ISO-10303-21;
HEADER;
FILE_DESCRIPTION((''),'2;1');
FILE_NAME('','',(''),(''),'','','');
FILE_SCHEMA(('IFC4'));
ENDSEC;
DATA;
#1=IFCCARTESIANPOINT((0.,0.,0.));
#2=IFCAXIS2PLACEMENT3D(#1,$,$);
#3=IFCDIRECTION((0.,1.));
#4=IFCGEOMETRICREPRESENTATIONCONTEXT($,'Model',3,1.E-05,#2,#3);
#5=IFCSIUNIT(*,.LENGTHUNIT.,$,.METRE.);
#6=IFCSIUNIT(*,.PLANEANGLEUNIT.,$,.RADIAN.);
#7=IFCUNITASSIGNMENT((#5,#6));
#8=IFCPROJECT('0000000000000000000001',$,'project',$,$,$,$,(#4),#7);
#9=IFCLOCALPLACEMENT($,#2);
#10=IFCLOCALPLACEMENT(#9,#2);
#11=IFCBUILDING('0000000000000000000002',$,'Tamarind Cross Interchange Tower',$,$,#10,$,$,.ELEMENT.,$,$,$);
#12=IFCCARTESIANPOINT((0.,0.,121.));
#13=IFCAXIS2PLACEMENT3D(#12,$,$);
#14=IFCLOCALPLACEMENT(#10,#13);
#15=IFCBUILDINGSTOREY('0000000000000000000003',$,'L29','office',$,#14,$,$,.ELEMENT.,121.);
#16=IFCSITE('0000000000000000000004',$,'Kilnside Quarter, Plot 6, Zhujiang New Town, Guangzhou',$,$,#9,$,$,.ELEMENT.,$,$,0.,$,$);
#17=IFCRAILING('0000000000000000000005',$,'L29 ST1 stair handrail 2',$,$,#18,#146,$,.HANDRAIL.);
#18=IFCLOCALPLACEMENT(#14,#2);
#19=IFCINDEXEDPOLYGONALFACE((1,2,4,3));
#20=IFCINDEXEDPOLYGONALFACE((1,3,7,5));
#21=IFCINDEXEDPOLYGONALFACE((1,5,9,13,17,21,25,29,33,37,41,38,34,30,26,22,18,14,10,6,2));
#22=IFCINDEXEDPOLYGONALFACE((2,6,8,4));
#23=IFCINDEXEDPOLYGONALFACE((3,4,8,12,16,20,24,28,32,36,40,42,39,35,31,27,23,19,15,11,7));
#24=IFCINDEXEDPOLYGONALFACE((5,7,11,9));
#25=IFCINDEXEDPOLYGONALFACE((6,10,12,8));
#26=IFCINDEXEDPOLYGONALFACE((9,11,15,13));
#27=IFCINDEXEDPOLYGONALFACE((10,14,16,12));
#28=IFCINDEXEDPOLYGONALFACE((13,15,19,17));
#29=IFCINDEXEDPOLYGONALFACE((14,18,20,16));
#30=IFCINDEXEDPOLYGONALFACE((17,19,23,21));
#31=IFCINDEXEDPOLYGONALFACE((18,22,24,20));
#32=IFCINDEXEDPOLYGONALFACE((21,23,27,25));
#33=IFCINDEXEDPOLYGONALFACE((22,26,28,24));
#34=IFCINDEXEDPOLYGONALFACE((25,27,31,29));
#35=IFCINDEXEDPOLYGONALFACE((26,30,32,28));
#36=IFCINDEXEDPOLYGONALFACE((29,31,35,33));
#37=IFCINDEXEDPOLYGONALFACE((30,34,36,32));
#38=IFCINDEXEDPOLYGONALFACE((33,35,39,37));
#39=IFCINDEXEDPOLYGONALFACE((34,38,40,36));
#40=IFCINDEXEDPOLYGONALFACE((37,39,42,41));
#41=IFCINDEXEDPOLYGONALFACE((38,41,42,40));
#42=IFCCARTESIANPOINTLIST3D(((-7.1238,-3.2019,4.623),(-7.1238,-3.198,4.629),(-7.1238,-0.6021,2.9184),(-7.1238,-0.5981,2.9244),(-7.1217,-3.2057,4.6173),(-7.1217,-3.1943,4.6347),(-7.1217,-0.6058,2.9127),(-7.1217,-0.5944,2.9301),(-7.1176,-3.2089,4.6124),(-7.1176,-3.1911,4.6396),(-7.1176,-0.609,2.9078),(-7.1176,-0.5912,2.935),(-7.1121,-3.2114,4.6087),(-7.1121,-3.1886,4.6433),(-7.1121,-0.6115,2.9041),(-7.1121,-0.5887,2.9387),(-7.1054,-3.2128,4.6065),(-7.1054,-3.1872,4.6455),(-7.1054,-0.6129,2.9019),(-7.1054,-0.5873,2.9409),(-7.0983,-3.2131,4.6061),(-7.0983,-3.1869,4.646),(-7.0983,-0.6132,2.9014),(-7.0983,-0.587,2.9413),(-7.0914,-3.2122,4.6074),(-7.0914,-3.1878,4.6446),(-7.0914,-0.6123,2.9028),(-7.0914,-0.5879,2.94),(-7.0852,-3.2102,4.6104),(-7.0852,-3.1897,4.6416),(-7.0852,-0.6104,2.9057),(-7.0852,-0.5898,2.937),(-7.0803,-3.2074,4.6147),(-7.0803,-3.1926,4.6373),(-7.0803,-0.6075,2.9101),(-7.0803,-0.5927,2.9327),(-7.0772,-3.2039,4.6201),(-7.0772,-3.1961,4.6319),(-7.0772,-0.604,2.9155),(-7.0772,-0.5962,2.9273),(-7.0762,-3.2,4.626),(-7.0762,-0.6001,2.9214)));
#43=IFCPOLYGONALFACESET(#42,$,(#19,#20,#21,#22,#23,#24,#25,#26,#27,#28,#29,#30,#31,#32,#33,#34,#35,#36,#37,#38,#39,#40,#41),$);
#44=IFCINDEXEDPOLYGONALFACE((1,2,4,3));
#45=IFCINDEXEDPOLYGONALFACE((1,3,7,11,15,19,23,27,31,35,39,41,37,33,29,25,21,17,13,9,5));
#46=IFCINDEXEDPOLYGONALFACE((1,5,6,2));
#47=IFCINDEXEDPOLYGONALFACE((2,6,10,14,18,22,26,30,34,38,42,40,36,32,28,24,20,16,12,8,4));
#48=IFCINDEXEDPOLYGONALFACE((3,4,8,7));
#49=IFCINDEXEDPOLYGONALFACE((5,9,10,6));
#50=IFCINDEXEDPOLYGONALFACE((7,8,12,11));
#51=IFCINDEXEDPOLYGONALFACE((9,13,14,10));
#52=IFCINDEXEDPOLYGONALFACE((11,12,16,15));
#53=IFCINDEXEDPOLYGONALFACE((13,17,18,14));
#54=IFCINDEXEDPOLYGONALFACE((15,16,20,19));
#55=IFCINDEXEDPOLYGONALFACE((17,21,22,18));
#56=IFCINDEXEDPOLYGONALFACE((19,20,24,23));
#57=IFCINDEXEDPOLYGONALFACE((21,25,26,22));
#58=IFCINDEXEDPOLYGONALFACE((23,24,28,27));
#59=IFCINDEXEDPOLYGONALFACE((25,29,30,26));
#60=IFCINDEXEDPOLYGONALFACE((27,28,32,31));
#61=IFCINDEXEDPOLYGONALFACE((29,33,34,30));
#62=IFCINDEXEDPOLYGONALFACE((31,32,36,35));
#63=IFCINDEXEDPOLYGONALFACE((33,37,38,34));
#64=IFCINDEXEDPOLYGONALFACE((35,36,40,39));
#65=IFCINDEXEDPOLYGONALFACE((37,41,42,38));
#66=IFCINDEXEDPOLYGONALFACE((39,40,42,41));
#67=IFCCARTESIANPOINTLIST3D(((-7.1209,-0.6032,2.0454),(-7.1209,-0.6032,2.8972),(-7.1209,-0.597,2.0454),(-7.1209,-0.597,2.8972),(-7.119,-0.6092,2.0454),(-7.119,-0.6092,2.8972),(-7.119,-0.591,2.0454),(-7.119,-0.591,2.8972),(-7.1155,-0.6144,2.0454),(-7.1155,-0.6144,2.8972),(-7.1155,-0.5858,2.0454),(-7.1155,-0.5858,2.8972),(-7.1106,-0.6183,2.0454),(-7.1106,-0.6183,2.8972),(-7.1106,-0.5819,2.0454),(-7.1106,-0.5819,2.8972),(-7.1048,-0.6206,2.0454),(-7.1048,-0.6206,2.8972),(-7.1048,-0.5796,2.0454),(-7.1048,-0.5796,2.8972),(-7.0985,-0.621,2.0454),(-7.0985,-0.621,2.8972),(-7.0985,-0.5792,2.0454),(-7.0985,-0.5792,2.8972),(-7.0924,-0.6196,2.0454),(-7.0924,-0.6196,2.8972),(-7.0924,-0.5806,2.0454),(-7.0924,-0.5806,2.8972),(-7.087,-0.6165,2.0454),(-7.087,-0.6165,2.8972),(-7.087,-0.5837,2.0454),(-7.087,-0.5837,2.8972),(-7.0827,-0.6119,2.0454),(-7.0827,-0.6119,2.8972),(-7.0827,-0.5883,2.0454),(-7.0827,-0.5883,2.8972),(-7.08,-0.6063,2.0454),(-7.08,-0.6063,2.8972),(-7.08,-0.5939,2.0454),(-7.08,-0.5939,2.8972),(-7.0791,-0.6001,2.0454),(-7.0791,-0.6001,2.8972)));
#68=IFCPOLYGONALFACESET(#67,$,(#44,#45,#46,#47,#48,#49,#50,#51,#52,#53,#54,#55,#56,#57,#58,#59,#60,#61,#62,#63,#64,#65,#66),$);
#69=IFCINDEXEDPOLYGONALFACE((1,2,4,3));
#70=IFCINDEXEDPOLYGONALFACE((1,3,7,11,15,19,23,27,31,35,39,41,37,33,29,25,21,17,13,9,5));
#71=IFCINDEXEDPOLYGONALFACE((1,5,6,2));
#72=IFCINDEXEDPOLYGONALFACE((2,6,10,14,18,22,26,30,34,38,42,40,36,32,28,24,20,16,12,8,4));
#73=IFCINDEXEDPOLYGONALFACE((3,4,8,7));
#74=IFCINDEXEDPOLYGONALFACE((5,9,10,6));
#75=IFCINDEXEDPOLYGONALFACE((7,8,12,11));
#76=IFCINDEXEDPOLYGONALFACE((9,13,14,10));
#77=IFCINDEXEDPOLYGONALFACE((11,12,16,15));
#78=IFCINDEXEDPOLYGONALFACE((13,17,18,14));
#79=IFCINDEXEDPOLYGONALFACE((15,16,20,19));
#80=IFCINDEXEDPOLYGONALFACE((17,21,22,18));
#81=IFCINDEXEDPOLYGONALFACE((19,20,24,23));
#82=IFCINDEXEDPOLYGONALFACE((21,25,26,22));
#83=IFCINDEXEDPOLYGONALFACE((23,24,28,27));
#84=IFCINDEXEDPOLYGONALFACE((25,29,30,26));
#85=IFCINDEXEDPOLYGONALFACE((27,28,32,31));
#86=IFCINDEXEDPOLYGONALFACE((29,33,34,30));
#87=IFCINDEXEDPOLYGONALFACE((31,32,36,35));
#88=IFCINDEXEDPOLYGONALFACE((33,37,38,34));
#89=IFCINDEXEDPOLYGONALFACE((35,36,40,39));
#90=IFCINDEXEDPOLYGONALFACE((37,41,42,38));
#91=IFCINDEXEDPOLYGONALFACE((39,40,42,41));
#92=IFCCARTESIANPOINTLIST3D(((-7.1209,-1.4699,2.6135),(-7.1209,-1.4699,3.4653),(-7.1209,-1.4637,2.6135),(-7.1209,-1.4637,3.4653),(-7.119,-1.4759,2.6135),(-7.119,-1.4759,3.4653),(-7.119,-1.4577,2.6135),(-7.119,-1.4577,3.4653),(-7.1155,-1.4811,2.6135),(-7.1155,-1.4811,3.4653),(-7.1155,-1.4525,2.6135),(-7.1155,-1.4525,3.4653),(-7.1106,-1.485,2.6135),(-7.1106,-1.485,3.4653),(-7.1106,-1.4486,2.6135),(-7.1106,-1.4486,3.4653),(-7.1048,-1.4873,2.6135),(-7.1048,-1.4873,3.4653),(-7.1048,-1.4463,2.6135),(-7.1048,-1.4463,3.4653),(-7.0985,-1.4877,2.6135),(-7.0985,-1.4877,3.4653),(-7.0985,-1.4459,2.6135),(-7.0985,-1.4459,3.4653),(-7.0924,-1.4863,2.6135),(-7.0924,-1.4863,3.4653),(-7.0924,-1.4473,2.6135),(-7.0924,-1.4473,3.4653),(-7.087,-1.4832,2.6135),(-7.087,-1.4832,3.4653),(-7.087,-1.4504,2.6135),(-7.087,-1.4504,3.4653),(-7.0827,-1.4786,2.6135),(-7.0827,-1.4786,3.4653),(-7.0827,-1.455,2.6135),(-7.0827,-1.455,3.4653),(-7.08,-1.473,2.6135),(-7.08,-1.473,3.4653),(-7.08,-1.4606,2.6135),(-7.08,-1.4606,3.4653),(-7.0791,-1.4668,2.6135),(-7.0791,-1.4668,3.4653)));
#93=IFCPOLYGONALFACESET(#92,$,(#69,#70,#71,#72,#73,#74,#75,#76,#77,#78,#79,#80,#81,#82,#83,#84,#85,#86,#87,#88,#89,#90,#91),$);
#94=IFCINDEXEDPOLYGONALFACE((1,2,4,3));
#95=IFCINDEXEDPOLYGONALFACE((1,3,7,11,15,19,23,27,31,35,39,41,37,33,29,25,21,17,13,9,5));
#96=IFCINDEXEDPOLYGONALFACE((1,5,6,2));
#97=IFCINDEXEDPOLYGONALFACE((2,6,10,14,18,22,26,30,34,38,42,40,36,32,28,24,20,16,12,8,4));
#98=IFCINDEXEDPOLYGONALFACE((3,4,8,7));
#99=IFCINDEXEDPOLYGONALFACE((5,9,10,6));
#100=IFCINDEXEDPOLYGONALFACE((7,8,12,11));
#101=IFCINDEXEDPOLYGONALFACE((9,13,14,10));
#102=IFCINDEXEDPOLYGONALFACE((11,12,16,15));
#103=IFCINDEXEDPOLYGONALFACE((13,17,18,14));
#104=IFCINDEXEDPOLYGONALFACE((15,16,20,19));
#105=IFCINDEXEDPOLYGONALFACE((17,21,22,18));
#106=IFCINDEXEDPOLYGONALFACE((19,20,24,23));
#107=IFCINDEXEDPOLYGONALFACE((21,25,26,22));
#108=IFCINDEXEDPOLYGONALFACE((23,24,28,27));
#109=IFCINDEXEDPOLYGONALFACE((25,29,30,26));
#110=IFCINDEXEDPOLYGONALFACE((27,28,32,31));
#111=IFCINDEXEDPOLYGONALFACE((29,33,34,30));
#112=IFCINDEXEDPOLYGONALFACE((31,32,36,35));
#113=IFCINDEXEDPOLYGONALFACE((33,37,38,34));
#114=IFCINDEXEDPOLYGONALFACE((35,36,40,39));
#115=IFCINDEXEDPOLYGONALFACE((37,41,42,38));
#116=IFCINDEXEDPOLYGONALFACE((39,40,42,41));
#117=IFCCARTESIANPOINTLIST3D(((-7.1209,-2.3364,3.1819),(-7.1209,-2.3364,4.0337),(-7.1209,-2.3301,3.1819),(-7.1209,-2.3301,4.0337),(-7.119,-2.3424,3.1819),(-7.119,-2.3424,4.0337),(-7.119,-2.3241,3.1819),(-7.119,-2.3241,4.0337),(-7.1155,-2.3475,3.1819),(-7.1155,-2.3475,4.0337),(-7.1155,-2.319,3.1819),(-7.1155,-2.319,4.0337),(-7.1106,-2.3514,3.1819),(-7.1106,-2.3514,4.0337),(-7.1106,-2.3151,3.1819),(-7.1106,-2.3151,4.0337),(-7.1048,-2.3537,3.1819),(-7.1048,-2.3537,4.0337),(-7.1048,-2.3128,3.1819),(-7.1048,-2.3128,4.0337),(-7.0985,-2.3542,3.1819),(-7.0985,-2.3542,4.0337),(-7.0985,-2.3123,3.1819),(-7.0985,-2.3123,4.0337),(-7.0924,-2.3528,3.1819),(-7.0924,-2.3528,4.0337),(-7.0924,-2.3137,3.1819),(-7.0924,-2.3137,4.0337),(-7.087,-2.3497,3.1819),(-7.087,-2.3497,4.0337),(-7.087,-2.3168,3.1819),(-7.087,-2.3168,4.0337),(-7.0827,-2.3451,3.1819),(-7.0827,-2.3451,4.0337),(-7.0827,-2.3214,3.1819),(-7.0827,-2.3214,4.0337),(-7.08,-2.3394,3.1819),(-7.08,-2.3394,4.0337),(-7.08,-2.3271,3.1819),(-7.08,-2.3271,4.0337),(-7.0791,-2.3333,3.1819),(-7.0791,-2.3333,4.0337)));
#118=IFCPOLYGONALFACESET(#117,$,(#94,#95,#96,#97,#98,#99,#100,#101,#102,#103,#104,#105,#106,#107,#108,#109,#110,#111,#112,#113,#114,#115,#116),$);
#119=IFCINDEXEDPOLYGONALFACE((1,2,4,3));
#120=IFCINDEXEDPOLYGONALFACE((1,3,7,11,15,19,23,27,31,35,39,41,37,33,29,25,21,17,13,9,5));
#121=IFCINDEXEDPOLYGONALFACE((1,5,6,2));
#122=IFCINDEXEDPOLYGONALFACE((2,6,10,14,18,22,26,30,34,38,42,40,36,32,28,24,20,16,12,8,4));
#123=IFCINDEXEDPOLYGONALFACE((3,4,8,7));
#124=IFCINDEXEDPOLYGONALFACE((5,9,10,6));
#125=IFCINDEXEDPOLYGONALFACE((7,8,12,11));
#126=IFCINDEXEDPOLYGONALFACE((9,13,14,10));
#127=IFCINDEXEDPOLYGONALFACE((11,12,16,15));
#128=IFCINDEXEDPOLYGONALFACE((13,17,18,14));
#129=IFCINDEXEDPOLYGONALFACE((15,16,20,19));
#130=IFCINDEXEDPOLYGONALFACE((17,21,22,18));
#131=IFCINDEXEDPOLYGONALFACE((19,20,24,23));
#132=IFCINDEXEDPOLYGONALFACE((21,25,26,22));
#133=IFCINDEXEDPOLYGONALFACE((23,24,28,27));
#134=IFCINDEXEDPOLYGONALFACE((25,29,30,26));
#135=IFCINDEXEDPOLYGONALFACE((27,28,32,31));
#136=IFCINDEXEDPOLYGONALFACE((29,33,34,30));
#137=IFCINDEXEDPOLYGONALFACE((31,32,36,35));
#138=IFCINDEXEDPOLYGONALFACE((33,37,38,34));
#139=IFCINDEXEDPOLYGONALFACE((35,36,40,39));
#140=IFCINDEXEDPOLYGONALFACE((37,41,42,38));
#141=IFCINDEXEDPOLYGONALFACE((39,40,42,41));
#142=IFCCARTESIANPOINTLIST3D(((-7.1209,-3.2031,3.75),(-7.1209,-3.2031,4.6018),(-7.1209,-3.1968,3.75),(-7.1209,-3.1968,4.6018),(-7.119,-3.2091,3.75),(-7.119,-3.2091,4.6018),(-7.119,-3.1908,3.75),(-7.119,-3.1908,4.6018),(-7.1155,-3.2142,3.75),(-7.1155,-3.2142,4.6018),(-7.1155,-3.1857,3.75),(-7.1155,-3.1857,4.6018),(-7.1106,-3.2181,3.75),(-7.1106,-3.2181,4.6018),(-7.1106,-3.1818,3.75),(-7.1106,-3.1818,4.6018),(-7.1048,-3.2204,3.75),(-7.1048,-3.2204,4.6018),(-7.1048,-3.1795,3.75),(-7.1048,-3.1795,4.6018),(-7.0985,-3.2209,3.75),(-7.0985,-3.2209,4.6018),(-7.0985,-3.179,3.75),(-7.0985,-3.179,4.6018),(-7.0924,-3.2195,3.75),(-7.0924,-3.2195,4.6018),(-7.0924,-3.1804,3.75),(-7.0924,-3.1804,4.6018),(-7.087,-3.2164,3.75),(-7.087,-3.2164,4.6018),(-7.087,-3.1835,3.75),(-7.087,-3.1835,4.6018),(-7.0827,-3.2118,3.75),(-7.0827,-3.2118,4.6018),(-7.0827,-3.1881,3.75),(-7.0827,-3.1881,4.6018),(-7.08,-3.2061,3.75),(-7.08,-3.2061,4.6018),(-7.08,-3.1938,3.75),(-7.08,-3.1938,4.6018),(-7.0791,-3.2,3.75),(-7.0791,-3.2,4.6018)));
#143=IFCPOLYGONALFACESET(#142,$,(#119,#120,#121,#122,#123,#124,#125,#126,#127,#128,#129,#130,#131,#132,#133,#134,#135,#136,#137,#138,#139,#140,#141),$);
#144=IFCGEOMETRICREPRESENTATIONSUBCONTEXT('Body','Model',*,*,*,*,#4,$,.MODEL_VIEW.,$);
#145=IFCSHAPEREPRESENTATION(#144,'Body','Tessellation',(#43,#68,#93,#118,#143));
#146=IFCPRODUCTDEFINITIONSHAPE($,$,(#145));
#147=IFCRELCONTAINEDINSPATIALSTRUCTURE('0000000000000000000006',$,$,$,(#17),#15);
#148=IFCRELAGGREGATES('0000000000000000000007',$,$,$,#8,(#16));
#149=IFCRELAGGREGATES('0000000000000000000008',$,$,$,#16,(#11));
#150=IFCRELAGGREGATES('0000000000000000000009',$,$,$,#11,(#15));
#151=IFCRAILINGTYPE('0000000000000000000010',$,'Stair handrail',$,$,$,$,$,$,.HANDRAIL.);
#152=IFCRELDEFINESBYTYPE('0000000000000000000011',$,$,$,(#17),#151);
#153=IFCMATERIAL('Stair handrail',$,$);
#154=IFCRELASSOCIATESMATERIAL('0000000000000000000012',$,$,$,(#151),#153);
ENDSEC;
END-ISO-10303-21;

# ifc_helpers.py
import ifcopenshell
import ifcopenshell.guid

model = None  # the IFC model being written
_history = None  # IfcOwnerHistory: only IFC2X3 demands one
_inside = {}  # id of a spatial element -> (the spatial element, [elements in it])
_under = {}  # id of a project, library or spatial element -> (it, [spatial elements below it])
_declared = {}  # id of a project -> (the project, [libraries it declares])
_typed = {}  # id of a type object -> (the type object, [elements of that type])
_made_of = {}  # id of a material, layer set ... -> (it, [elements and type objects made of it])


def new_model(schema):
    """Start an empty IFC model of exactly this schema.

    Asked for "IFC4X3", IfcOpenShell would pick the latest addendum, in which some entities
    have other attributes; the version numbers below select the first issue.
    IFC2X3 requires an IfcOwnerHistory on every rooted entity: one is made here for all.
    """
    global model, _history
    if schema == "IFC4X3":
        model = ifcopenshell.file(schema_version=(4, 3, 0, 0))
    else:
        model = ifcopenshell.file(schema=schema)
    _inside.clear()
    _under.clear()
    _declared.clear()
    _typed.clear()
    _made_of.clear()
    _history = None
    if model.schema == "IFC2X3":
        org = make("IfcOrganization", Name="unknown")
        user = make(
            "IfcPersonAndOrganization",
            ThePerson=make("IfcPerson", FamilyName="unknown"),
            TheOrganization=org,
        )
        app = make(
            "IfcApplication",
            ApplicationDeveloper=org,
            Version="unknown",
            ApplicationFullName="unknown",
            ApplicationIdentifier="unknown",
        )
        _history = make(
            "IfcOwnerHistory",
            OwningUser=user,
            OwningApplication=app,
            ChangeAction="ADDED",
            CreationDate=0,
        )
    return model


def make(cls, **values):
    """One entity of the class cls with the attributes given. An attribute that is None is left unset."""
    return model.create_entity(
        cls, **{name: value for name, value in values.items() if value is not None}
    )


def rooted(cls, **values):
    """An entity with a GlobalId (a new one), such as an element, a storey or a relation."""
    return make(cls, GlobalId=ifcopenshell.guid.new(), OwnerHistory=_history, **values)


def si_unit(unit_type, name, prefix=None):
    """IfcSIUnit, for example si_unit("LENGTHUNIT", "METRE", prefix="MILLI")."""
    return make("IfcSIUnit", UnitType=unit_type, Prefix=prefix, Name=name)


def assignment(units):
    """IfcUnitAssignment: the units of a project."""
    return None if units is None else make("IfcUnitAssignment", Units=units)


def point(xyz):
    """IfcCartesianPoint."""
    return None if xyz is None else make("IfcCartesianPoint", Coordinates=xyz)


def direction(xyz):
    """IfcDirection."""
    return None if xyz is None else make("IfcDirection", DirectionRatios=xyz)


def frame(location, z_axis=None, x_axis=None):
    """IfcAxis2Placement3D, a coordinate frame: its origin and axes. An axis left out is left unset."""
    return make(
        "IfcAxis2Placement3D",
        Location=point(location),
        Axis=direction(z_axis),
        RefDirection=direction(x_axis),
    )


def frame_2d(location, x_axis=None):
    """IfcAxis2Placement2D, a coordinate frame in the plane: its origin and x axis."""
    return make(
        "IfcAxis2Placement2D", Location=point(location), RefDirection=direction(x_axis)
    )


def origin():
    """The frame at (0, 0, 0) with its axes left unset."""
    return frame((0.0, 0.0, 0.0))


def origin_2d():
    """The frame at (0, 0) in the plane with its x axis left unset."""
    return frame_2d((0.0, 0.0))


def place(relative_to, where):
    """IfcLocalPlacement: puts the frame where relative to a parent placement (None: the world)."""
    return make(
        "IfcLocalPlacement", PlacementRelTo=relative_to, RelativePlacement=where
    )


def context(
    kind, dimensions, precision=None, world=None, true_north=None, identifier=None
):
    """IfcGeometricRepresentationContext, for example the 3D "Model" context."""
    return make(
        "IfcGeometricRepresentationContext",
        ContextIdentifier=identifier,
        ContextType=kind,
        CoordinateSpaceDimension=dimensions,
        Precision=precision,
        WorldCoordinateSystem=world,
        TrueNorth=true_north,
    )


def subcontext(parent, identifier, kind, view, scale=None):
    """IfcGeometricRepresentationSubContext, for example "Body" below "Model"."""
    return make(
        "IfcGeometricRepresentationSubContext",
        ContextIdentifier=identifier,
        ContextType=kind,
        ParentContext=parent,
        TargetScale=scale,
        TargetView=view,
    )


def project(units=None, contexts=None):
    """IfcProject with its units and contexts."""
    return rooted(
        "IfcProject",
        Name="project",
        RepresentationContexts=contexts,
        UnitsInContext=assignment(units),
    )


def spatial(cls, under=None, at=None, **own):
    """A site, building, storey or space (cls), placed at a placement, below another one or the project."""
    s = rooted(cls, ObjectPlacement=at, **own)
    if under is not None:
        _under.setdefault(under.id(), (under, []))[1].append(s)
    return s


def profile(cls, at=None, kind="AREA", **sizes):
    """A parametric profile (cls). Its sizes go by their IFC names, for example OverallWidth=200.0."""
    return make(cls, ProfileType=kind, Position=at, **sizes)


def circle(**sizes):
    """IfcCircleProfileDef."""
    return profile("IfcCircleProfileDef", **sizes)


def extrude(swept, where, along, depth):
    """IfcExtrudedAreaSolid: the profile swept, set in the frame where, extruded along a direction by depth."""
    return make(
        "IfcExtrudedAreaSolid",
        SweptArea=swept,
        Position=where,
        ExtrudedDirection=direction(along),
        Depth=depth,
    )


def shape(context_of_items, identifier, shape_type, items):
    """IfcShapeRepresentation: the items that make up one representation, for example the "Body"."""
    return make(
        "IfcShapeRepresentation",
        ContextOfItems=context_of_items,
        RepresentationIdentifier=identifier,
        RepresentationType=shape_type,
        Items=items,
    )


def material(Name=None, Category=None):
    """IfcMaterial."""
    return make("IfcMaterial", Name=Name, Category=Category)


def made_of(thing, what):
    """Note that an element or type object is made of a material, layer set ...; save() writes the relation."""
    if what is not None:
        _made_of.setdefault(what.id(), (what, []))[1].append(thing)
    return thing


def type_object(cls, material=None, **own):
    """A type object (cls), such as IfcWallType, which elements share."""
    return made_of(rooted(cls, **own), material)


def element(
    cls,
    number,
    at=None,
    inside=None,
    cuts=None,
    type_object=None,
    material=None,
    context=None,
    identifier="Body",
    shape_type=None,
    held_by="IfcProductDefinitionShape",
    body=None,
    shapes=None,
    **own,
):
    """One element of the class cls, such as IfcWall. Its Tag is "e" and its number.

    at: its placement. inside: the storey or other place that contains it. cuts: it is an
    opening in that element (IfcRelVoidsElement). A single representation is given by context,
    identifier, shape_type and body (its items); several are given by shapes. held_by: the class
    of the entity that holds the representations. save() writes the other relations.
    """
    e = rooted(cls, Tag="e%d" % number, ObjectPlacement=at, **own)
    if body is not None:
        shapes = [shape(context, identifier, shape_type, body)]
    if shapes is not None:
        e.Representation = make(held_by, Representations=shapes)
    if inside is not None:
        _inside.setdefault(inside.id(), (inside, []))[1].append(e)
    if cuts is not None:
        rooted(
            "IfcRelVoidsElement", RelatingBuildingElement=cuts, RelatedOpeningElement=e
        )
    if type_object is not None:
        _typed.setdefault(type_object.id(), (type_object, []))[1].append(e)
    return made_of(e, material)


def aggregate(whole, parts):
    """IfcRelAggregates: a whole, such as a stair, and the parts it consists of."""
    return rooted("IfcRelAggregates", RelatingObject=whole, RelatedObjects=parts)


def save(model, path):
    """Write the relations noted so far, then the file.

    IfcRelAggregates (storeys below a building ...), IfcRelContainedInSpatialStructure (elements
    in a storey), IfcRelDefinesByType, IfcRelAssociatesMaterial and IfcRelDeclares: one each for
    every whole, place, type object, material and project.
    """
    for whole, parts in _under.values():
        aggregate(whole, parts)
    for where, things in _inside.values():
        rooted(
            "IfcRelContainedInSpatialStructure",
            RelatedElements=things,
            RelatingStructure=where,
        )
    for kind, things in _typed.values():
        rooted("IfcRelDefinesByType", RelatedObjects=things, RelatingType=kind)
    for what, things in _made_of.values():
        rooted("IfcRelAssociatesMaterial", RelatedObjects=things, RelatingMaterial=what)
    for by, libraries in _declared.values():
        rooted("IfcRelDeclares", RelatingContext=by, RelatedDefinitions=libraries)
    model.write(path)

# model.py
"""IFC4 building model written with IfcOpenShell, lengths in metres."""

from ifc_helpers import new_model, si_unit, direction, frame, origin, origin_2d, place, context, subcontext, project, spatial, circle, extrude, material, type_object, element, save


model = new_model("IFC4")

# Units and contexts
model_context = context("Model", 3, precision=1e-05, world=origin(), true_north=direction((0.0, 1.0)))
body_context = subcontext(model_context, "Body", "Model", "MODEL_VIEW")
ifc_project = project(units=[si_unit("LENGTHUNIT", "METRE"), si_unit("PLANEANGLEUNIT", "RADIAN")], contexts=[model_context])

# Site, building, storey
site_placement = place(None, origin())
site = spatial("IfcSite", under=ifc_project, at=site_placement, Name="Kilnside Quarter, Plot 6, Zhujiang New Town, Guangzhou", CompositionType="ELEMENT", RefElevation=0.0)
building_placement = place(site_placement, origin())
building = spatial("IfcBuilding", under=site, at=building_placement, Name="Tamarind Cross Interchange Tower", CompositionType="ELEMENT")
storey_placement = place(building_placement, frame((0.0, 0.0, 121.0)))
storey = spatial("IfcBuildingStorey", under=building, at=storey_placement, Name="L29", Description="office", CompositionType="ELEMENT", Elevation=121.0)

# Railing
ifc_material_1 = material(Name="Stair handrail")
railing_type_1 = type_object("IfcRailingType", Name="Stair handrail", PredefinedType="HANDRAIL", material=ifc_material_1)
railing_1_placement = place(storey_placement, frame((-7.1001, -0.6001, 2.0454)))
element("IfcRailing", 1, at=railing_1_placement, inside=storey, type_object=railing_type_1, Name="L29 ST1 stair handrail 2", PredefinedType="HANDRAIL", context=body_context, shape_type="SweptSolid", body=[
    extrude(circle(Radius=0.0239, at=origin_2d()), frame((0.0, 0.0, 0.876), z_axis=(0.0, -0.836279, 0.548305), x_axis=(1.0, 0.0, 0.0)), (0.0, 0.0, 1.0), 3.1089),
    extrude(circle(Radius=0.021, at=origin_2d()), origin(), (0.0, 0.0, 1.0), 0.8518),
    extrude(circle(Radius=0.021, at=origin_2d()), frame((0.0, -0.8667, 0.5681)), (0.0, 0.0, 1.0), 0.8518),
    extrude(circle(Radius=0.021, at=origin_2d()), frame((0.0, -1.7332, 1.1365)), (0.0, 0.0, 1.0), 0.8518),
    extrude(circle(Radius=0.021, at=origin_2d()), frame((0.0, -2.5999, 1.7046)), (0.0, 0.0, 1.0), 0.8518),
])

save(model, "model.ifc")
